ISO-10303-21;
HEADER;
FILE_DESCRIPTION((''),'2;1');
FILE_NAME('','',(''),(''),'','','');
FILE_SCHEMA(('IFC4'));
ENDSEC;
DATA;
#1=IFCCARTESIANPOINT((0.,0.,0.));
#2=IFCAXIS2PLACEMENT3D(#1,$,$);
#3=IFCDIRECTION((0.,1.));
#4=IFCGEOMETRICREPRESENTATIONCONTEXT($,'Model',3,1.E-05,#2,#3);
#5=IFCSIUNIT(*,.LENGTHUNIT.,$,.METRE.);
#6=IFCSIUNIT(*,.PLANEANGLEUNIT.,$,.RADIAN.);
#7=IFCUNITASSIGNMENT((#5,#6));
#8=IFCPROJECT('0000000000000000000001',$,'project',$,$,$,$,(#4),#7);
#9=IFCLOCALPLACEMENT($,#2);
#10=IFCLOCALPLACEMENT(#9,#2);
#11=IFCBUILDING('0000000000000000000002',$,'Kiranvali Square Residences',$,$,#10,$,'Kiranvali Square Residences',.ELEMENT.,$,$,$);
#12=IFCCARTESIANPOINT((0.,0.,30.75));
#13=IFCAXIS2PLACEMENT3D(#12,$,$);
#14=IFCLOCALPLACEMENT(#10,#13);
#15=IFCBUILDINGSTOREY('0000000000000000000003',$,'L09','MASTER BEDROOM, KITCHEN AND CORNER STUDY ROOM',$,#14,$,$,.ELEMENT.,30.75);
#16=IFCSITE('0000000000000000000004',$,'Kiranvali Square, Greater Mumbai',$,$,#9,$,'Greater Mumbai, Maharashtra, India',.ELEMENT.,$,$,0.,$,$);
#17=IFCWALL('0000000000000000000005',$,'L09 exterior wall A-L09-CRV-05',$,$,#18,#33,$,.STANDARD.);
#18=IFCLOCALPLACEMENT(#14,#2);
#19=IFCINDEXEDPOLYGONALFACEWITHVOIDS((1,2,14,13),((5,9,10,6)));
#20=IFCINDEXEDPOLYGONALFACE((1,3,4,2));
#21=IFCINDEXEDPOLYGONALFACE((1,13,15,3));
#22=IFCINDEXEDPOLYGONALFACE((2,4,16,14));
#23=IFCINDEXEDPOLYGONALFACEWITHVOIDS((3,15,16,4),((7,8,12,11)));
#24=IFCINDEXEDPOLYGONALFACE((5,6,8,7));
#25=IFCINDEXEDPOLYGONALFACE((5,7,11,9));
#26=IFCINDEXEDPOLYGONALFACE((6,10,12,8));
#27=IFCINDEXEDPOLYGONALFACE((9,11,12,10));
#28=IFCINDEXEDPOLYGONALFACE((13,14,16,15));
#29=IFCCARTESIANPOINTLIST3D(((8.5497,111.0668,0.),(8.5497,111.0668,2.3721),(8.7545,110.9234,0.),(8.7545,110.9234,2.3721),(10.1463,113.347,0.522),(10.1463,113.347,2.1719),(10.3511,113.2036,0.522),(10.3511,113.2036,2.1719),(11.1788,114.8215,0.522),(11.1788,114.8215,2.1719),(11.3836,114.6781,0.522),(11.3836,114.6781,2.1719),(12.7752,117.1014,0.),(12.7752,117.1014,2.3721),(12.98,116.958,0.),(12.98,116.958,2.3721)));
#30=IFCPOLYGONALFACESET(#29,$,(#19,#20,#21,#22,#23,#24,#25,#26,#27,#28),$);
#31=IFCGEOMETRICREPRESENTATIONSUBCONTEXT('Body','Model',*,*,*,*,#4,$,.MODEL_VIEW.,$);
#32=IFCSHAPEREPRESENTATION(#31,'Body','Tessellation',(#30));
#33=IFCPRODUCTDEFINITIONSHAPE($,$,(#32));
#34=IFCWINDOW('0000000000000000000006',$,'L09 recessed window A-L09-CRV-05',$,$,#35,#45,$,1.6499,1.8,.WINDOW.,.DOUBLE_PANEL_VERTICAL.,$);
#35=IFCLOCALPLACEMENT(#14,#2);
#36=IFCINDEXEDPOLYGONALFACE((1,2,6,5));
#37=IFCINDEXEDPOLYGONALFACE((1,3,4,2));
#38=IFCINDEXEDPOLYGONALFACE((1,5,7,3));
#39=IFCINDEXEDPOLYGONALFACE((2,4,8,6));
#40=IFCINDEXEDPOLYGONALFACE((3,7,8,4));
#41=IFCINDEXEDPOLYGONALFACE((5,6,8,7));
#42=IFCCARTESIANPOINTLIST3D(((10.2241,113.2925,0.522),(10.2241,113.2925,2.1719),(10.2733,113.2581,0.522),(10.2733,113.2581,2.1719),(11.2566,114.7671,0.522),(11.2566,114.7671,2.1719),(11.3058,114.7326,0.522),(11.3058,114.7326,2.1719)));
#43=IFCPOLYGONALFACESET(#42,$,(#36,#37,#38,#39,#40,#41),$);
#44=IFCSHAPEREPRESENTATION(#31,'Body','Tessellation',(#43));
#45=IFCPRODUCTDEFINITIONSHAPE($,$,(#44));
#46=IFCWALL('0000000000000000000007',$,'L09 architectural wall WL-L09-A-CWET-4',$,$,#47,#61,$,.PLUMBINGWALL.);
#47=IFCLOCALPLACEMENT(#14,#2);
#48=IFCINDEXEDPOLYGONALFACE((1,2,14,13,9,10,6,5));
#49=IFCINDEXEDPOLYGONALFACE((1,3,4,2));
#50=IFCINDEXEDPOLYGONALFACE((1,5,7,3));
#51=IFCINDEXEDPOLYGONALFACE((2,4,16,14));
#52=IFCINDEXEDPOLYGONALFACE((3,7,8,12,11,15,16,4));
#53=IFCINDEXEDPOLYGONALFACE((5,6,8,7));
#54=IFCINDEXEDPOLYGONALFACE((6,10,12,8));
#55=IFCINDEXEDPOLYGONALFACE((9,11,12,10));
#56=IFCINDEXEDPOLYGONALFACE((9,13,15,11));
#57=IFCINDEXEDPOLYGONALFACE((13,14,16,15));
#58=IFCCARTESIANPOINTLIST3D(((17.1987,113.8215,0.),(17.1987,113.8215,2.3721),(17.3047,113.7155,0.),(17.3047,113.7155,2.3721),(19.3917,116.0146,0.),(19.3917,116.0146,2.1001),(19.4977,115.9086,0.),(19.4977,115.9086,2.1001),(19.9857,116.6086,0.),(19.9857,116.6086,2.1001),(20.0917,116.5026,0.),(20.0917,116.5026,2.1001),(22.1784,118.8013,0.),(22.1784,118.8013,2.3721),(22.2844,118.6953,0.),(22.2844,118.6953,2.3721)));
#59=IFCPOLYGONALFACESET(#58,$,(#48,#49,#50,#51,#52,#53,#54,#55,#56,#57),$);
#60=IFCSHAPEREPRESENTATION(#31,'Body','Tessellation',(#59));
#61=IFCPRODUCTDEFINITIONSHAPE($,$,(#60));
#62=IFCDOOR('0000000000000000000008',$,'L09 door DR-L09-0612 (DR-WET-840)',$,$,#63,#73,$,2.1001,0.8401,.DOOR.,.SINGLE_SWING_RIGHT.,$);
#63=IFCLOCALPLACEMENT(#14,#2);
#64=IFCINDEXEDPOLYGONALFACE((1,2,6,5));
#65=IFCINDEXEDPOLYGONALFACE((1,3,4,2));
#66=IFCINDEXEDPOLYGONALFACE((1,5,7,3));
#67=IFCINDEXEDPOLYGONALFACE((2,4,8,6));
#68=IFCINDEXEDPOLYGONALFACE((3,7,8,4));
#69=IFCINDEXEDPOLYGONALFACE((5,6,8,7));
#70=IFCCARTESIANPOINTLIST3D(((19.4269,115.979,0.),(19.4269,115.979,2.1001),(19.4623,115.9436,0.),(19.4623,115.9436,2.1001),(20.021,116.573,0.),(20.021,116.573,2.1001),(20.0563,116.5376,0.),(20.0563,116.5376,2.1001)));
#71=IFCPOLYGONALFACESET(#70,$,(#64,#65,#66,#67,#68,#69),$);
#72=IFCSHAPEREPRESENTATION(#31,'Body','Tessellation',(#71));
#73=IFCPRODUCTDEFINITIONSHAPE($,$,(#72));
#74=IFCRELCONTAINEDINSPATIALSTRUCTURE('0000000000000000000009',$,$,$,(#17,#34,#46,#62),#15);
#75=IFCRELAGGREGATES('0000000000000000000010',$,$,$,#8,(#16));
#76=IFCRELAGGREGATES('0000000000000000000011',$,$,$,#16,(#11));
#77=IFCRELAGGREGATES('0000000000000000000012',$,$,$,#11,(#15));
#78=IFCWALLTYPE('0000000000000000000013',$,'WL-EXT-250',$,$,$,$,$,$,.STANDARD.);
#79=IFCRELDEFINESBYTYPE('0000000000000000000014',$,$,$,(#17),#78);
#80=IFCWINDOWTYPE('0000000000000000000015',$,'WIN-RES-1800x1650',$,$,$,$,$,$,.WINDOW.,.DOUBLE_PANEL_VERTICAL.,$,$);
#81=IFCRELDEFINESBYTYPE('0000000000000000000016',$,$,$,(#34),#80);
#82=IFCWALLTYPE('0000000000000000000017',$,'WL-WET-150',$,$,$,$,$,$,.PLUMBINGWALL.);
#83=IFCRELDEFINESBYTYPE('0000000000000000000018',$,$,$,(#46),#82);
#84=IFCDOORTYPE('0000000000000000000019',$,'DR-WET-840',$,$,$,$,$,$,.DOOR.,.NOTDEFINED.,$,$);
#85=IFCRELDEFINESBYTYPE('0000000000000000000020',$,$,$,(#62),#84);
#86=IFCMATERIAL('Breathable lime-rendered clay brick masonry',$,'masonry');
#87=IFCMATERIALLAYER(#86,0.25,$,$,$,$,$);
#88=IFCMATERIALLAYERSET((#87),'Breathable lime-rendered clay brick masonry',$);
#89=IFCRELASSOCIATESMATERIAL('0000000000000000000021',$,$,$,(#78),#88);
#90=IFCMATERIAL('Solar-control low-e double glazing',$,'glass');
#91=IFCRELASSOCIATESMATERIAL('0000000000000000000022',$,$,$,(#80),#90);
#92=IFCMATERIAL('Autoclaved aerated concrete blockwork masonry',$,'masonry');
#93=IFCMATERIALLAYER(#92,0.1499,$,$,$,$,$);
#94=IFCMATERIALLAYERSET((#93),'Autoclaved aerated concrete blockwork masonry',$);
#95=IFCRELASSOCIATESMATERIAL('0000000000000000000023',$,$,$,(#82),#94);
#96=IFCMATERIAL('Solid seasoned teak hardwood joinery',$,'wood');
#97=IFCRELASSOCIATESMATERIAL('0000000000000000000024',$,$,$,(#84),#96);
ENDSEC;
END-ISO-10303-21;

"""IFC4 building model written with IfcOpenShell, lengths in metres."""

from ifc_helpers import new_model, si_unit, direction, frame, frame_2d, origin, place, context, subcontext, project, spatial, rectangle, extrude, material, layer, layer_set, type_object, element, fill, save


model = new_model("IFC4")

# Units and contexts
model_context = context("Model", 3, precision=1e-05, world=origin(), true_north=direction((0.0, 1.0)))
body_context = subcontext(model_context, "Body", "Model", "MODEL_VIEW")
ifc_project = project(units=[si_unit("LENGTHUNIT", "METRE"), si_unit("PLANEANGLEUNIT", "RADIAN")], contexts=[model_context])

# Site, building, storey
site_placement = place(None, origin())
site = spatial("IfcSite", under=ifc_project, at=site_placement, Name="Kiranvali Square, Greater Mumbai", LongName="Greater Mumbai, Maharashtra, India", CompositionType="ELEMENT", RefElevation=0.0)
building_placement = place(site_placement, origin())
building = spatial("IfcBuilding", under=site, at=building_placement, Name="Kiranvali Square Residences", LongName="Kiranvali Square Residences", CompositionType="ELEMENT")
storey_placement = place(building_placement, frame((0.0, 0.0, 30.75)))
storey = spatial("IfcBuildingStorey", under=building, at=storey_placement, Name="L09", Description="MASTER BEDROOM, KITCHEN AND CORNER STUDY ROOM", CompositionType="ELEMENT", Elevation=30.75)

# Shared definitions
ifc_material_1 = material(Name="Breathable lime-rendered clay brick masonry", Category="masonry")
ifc_layer_1 = layer(ifc_material_1, 0.25)
ifc_layer_set_1 = layer_set([ifc_layer_1], Name="Breathable lime-rendered clay brick masonry")
wall_type_1 = type_object("IfcWallType", Name="WL-EXT-250", PredefinedType="STANDARD", material=ifc_layer_set_1)
ifc_material_2 = material(Name="Solar-control low-e double glazing", Category="glass")
window_type_1 = type_object("IfcWindowType", Name="WIN-RES-1800x1650", PartitioningType="DOUBLE_PANEL_VERTICAL", PredefinedType="WINDOW", material=ifc_material_2)

# Wall, opening, window
wall_1_placement = place(storey_placement, frame((12.8777, 117.0298, 0.0), z_axis=(0.0, 0.0, 1.0), x_axis=(-0.573582, -0.819148, 0.0)))
wall_1 = element("IfcWall", 1, at=wall_1_placement, inside=storey, type_object=wall_type_1, Name="L09 exterior wall A-L09-CRV-05", PredefinedType="STANDARD", context=body_context, shape_type="SweptSolid", body=[
    extrude(rectangle(XDim=7.3669, YDim=0.25, at=frame_2d((3.6836, 0.0))), origin(), (0.0, 0.0, 1.0), 2.3721),
])
opening_1_placement = place(wall_1_placement, frame((2.7834, 0.0, 0.522)))
opening_1 = element("IfcOpeningElement", 2, at=opening_1_placement, cuts=wall_1, PredefinedType="OPENING", context=body_context, shape_type="SweptSolid", body=[
    extrude(rectangle(XDim=1.8, YDim=1.6499, at=frame_2d((0.8999, 0.825))), frame((0.0, 0.135, 0.0), z_axis=(0.0, -1.0, 0.0), x_axis=(1.0, 0.0, 0.0)), (0.0, 0.0, 1.0), 0.27),
])
window_1_placement = place(opening_1_placement, origin())
window_1 = element("IfcWindow", 3, at=window_1_placement, inside=storey, type_object=window_type_1, Name="L09 recessed window A-L09-CRV-05", OverallHeight=1.6499, OverallWidth=1.8, PartitioningType="DOUBLE_PANEL_VERTICAL", PredefinedType="WINDOW", context=body_context, shape_type="SweptSolid", body=[
    extrude(rectangle(XDim=1.8, YDim=1.6499, at=frame_2d((0.8999, 0.825))), frame((0.0, 0.03, 0.0), z_axis=(0.0, -1.0, 0.0), x_axis=(1.0, 0.0, 0.0)), (0.0, 0.0, 1.0), 0.0601),
])
fill(opening_1, window_1)

# Wall, opening, door
ifc_material_3 = material(Name="Autoclaved aerated concrete blockwork masonry", Category="masonry")
ifc_layer_2 = layer(ifc_material_3, 0.1499)
ifc_layer_set_2 = layer_set([ifc_layer_2], Name="Autoclaved aerated concrete blockwork masonry")
wall_type_2 = type_object("IfcWallType", Name="WL-WET-150", PredefinedType="PLUMBINGWALL", material=ifc_layer_set_2)
wall_2_placement = place(storey_placement, frame((22.2314, 118.7483, 0.0), z_axis=(0.0, 0.0, 1.0), x_axis=(-0.707107, -0.707107, 0.0)))
wall_2 = element("IfcWall", 4, at=wall_2_placement, inside=storey, type_object=wall_type_2, Name="L09 architectural wall WL-L09-A-CWET-4", PredefinedType="PLUMBINGWALL", context=body_context, shape_type="SweptSolid", body=[
    extrude(rectangle(XDim=7.0425, YDim=0.1499, at=frame_2d((3.5212, 0.0))), origin(), (0.0, 0.0, 1.0), 2.3721),
])
opening_2_placement = place(wall_2_placement, frame((3.1011, 0.0, 0.0)))
opening_2 = element("IfcOpeningElement", 5, at=opening_2_placement, cuts=wall_2, PredefinedType="OPENING", context=body_context, shape_type="SweptSolid", body=[
    extrude(rectangle(XDim=0.8401, YDim=2.1001, at=frame_2d((0.4199, 1.05))), frame((0.0, 0.085, 0.0), z_axis=(0.0, -1.0, 0.0), x_axis=(1.0, 0.0, 0.0)), (0.0, 0.0, 1.0), 0.1699),
])
ifc_material_4 = material(Name="Solid seasoned teak hardwood joinery", Category="wood")
door_type_1 = type_object("IfcDoorType", Name="DR-WET-840", OperationType="NOTDEFINED", PredefinedType="DOOR", material=ifc_material_4)
door_1_placement = place(opening_2_placement, frame((0.8401, 0.0, 0.0), z_axis=(0.0, 0.0, 1.0), x_axis=(-1.0, 0.0, 0.0)))
door_1 = element("IfcDoor", 6, at=door_1_placement, inside=storey, type_object=door_type_1, Name="L09 door DR-L09-0612 (DR-WET-840)", OperationType="SINGLE_SWING_RIGHT", OverallHeight=2.1001, OverallWidth=0.8401, PredefinedType="DOOR", context=body_context, shape_type="SweptSolid", body=[
    extrude(rectangle(XDim=0.8401, YDim=2.1001, at=frame_2d((0.4199, 1.05))), frame((0.0, 0.0249, 0.0), z_axis=(0.0, -1.0, 0.0), x_axis=(1.0, 0.0, 0.0)), (0.0, 0.0, 1.0), 0.05),
])
fill(opening_2, door_1)

save(model, "model.ifc")
